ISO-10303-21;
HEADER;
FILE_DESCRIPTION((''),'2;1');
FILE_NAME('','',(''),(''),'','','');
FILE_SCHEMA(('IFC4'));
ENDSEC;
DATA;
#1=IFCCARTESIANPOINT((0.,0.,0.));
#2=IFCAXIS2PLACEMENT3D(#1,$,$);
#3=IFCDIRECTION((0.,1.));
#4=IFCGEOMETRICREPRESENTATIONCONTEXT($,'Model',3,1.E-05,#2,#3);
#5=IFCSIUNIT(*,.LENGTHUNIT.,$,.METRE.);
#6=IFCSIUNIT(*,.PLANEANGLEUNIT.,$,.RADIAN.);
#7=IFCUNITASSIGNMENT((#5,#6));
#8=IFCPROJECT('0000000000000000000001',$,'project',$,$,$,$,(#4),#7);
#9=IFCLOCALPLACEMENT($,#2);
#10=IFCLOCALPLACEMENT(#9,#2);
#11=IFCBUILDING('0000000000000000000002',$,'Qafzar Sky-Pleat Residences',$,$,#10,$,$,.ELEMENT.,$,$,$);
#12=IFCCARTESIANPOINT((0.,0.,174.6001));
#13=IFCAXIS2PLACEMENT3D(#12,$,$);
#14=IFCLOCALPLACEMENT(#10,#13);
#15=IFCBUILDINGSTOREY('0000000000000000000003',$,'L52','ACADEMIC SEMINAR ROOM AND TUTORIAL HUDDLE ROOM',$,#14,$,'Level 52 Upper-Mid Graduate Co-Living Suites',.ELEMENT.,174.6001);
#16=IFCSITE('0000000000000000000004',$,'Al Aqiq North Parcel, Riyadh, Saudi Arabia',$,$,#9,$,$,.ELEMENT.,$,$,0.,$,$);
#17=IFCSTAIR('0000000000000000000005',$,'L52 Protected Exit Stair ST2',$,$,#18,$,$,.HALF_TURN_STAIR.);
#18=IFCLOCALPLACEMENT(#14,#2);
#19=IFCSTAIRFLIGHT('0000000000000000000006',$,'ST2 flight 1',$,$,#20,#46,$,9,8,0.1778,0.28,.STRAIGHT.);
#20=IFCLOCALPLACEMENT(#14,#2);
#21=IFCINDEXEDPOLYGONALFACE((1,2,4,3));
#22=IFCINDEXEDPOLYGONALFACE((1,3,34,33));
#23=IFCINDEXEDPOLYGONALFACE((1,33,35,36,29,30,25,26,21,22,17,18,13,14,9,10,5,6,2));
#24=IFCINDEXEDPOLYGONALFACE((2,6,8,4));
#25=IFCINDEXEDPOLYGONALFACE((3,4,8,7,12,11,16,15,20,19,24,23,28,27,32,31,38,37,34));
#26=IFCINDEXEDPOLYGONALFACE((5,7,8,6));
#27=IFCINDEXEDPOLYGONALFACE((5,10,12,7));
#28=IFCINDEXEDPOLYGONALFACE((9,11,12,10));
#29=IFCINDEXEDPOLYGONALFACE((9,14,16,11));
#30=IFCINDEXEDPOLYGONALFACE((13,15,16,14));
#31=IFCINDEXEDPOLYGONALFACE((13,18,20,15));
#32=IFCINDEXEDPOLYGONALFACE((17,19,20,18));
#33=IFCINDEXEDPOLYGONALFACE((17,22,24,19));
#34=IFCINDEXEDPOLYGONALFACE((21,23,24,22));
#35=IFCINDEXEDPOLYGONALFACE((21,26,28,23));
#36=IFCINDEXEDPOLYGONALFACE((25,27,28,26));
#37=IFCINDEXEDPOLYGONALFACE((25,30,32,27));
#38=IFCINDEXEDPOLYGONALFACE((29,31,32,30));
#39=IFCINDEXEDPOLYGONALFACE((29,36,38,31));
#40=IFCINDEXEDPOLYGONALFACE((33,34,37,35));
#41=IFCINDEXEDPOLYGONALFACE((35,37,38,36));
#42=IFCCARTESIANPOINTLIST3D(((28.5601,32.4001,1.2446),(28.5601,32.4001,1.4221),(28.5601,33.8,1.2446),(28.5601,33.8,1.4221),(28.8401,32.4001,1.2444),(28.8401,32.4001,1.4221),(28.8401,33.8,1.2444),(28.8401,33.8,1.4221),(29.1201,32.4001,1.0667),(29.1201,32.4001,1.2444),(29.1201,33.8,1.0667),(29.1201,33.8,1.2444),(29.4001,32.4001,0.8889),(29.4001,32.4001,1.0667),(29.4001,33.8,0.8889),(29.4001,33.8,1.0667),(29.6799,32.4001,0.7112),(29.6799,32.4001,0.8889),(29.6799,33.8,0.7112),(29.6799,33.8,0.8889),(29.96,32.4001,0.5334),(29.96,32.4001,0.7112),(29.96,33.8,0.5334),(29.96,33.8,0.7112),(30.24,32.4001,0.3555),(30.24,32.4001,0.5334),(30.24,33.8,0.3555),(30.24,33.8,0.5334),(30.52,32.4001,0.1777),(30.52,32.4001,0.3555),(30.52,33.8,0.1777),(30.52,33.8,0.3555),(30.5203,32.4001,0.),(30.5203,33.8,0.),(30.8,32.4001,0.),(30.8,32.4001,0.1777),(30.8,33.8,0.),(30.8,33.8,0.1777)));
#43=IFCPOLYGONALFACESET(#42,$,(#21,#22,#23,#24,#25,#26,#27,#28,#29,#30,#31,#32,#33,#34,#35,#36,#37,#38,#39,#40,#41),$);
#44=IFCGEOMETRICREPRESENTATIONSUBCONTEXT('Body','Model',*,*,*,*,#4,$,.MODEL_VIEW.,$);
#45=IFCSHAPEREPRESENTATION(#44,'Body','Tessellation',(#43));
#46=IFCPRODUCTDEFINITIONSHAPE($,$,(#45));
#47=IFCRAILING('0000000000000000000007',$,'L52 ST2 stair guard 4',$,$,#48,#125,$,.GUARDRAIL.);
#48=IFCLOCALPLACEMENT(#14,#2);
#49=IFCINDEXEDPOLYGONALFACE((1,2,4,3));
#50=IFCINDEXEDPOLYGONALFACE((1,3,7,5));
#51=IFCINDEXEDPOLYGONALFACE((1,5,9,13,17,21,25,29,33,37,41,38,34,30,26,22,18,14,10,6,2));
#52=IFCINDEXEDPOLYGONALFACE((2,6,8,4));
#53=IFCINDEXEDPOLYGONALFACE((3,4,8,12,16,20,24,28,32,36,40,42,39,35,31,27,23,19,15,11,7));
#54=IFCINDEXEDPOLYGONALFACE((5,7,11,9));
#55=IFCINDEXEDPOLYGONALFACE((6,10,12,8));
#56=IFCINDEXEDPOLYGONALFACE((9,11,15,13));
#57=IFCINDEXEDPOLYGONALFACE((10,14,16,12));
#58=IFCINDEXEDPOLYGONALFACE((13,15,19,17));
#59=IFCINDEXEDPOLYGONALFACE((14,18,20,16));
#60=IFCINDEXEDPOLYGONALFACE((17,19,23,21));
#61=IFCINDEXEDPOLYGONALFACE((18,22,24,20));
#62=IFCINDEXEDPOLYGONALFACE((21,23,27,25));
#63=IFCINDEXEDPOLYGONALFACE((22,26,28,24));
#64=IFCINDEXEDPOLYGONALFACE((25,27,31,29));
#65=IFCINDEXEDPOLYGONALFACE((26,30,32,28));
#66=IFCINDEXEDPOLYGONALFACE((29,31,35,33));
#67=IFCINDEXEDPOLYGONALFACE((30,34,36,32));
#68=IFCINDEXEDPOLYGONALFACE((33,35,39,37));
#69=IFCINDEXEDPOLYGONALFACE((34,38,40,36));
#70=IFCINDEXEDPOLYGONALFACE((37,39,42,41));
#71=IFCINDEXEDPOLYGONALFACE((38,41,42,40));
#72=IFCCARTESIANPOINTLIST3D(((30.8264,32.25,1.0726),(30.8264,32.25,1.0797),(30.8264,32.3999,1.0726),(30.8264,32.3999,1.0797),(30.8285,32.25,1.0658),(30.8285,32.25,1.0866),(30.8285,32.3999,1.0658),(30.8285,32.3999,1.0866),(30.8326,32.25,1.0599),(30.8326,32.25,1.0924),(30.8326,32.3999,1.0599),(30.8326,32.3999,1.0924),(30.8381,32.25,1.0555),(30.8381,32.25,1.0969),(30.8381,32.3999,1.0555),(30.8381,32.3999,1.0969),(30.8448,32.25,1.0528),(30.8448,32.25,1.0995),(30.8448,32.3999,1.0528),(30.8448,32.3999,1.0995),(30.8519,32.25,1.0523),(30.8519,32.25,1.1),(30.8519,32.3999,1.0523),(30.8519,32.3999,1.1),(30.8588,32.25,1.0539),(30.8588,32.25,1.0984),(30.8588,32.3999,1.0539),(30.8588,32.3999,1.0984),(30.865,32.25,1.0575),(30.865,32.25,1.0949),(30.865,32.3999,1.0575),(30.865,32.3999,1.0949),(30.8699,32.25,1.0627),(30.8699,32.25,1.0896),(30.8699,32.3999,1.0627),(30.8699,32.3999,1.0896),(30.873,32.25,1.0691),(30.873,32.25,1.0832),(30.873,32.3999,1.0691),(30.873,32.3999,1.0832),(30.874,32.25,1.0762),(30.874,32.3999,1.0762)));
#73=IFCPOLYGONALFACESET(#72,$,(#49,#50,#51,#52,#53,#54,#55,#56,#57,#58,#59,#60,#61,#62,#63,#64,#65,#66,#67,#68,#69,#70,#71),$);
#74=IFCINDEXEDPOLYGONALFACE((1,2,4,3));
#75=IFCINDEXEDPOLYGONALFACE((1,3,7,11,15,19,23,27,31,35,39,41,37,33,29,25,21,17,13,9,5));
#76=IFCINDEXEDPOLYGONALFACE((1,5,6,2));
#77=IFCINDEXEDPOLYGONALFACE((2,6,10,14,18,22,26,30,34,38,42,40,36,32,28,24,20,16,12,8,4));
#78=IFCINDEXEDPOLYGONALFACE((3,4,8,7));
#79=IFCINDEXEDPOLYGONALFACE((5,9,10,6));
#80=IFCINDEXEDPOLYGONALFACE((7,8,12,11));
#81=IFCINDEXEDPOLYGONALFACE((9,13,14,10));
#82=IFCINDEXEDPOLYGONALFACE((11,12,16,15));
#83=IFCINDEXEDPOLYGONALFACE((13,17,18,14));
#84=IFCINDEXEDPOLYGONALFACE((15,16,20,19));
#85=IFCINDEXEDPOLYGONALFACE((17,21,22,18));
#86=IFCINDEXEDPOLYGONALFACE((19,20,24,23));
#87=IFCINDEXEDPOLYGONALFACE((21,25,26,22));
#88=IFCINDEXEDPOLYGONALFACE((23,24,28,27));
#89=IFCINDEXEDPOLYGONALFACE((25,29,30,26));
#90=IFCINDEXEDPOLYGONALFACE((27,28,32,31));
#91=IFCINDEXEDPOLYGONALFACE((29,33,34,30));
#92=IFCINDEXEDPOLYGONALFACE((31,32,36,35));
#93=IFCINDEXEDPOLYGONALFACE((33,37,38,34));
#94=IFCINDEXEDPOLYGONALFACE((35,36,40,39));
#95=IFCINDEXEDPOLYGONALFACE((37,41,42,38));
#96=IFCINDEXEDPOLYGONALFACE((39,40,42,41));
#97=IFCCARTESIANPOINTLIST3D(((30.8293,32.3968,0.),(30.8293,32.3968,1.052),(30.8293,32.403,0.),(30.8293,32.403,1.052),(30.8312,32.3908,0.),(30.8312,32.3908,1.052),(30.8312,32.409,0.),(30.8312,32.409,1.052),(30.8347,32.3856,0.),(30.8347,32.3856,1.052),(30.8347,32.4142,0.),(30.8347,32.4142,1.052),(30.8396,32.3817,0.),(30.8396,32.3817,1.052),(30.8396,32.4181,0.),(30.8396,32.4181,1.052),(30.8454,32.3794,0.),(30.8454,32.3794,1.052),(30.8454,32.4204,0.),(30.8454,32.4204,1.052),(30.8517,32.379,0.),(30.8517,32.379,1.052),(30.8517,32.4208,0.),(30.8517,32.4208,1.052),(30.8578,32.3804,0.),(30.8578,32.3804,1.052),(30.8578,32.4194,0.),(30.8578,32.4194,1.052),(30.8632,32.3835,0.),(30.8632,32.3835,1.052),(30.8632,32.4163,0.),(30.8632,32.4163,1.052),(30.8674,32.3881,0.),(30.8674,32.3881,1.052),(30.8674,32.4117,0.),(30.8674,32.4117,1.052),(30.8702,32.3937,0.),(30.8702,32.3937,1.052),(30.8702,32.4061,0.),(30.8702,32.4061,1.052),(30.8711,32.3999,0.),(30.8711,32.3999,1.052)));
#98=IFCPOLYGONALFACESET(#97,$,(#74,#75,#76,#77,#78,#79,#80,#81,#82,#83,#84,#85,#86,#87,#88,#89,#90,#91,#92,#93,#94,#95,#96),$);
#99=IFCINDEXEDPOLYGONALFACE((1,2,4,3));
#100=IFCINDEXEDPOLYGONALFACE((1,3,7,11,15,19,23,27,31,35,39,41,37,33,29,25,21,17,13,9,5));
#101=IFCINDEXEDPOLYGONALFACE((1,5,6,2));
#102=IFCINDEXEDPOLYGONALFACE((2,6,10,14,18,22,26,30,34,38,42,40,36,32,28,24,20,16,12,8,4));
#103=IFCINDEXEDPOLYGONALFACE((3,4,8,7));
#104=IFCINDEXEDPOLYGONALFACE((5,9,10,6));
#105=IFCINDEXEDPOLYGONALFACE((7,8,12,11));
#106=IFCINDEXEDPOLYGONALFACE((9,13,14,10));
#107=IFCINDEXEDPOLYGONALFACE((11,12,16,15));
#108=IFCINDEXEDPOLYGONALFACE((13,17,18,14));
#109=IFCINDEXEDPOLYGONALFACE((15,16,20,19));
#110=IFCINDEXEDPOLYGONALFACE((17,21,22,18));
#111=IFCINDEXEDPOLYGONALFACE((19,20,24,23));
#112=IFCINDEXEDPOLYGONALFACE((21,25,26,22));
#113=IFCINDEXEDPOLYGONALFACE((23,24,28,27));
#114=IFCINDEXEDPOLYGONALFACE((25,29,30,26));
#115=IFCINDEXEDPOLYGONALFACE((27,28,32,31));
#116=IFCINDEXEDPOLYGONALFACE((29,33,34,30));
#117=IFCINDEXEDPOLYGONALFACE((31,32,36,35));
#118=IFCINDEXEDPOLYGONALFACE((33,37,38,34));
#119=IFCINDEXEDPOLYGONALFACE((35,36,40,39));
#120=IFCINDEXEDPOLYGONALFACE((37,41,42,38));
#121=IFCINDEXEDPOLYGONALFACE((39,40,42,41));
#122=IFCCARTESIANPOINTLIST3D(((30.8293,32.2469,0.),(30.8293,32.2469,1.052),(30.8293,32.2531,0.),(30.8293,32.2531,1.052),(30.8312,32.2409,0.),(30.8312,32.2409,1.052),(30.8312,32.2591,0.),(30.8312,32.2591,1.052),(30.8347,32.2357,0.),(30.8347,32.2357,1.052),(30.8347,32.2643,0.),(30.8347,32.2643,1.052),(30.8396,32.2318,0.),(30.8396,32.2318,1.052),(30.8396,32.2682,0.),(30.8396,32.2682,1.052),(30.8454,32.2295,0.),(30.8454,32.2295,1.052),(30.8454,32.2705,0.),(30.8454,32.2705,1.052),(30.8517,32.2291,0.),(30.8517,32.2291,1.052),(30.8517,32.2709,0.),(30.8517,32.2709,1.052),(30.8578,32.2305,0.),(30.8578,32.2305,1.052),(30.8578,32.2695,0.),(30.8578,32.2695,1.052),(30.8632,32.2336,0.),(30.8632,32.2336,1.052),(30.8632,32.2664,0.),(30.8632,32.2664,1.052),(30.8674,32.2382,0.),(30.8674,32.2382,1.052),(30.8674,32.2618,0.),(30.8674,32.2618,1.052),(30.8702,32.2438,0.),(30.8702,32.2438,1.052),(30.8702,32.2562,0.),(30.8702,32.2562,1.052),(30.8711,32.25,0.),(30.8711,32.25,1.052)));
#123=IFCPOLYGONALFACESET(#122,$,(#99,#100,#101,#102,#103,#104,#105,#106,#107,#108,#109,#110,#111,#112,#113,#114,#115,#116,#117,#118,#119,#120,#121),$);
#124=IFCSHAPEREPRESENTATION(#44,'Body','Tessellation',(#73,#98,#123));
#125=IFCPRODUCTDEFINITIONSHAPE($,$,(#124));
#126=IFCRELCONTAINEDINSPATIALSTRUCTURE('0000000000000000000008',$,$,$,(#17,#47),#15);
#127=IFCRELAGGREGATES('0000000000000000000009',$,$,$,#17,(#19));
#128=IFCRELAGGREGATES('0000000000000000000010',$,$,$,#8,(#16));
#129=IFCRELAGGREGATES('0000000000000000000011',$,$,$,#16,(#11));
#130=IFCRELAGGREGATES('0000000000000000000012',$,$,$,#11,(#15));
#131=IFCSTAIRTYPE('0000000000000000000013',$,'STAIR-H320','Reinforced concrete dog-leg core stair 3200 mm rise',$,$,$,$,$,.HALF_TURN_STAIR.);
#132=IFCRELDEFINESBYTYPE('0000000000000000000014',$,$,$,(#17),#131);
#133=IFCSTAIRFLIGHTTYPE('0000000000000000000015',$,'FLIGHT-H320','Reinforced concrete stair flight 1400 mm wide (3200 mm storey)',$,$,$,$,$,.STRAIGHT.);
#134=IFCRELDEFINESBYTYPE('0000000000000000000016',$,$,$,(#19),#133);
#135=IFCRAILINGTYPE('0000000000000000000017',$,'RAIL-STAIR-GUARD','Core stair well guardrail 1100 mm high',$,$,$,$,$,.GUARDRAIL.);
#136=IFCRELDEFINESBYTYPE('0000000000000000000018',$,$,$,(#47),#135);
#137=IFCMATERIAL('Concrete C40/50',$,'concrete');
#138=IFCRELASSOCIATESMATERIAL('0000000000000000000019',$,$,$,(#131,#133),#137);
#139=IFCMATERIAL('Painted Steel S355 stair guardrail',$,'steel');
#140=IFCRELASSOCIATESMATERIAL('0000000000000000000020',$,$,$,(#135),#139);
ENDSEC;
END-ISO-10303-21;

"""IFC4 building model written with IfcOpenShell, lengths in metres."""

from ifc_helpers import new_model, si_unit, direction, frame, origin, origin_2d, place, context, subcontext, project, spatial, polyline, circle, outline, extrude, source, transform, mapped, material, type_object, element, aggregate, save


model = new_model("IFC4")

# Units and contexts
model_context = context("Model", 3, precision=1e-05, world=origin(), true_north=direction((0.0, 1.0)))
body_context = subcontext(model_context, "Body", "Model", "MODEL_VIEW")
ifc_project = project(units=[si_unit("LENGTHUNIT", "METRE"), si_unit("PLANEANGLEUNIT", "RADIAN")], contexts=[model_context])

# Site, building, storey
site_placement = place(None, origin())
site = spatial("IfcSite", under=ifc_project, at=site_placement, Name="Al Aqiq North Parcel, Riyadh, Saudi Arabia", CompositionType="ELEMENT", RefElevation=0.0)
building_placement = place(site_placement, origin())
building = spatial("IfcBuilding", under=site, at=building_placement, Name="Qafzar Sky-Pleat Residences", CompositionType="ELEMENT")
storey_placement = place(building_placement, frame((0.0, 0.0, 174.6001)))
storey = spatial("IfcBuildingStorey", under=building, at=storey_placement, Name="L52", Description="ACADEMIC SEMINAR ROOM AND TUTORIAL HUDDLE ROOM", LongName="Level 52 Upper-Mid Graduate Co-Living Suites", CompositionType="ELEMENT", Elevation=174.6001)

# Stair, stair flight
ifc_material_1 = material(Name="Concrete C40/50", Category="concrete")
stair_type = type_object("IfcStairType", Name="STAIR-H320", Description="Reinforced concrete dog-leg core stair 3200 mm rise", PredefinedType="HALF_TURN_STAIR", material=ifc_material_1)
stair_placement = place(storey_placement, origin())
stair = element("IfcStair", 1, at=stair_placement, inside=storey, type_object=stair_type, Name="L52 Protected Exit Stair ST2", PredefinedType="HALF_TURN_STAIR")
stair_flight_type = type_object("IfcStairFlightType", Name="FLIGHT-H320", Description="Reinforced concrete stair flight 1400 mm wide (3200 mm storey)", PredefinedType="STRAIGHT", material=ifc_material_1)
shared_shape_1 = source(origin(), body_context, "Body", "SweptSolid", [
    extrude(outline(polyline([(0.0, 0.0), (0.0, 0.1777), (0.28, 0.1777), (0.28, 0.3555), (0.5601, 0.3555), (0.5601, 0.5334), (0.8401, 0.5334), (0.8401, 0.7112), (1.1201, 0.7112), (1.1201, 0.8889), (1.3999, 0.8889), (1.3999, 1.0667), (1.6799, 1.0667), (1.6799, 1.2444), (1.96, 1.2444), (1.96, 1.4221), (2.24, 1.4221), (2.24, 1.6001), (2.24, 1.2446), (0.2798, 0.0), (0.0, 0.0)])), frame((0.0, 0.7, 0.0), z_axis=(0.0, -1.0, 0.0), x_axis=(1.0, 0.0, 0.0)), (0.0, 0.0, 1.0), 1.3999),
])
stair_flight_placement = place(storey_placement, frame((30.8, 33.1001, 0.0), z_axis=(0.0, 0.0, 1.0), x_axis=(-1.0, 0.0, 0.0)))
stair_flight = element("IfcStairFlight", 2, at=stair_flight_placement, type_object=stair_flight_type, Name="ST2 flight 1", NumberOfRisers=9, NumberOfTreads=8, PredefinedType="STRAIGHT", RiserHeight=0.1778, TreadLength=0.28, context=body_context, shape_type="MappedRepresentation", body=[
    mapped(shared_shape_1, transform((0.0, 0.0, 0.0), x_axis=(1.0, 0.0, 0.0), y_axis=(0.0, 1.0, 0.0), z_axis=(0.0, 0.0, 1.0), scale=1.0)),
])
aggregate(stair, [stair_flight])

# Railing
ifc_material_2 = material(Name="Painted Steel S355 stair guardrail", Category="steel")
railing_type_1 = type_object("IfcRailingType", Name="RAIL-STAIR-GUARD", Description="Core stair well guardrail 1100 mm high", PredefinedType="GUARDRAIL", material=ifc_material_2)
shared_shape_2 = source(origin(), body_context, "Body", "SweptSolid", [
    extrude(circle(Radius=0.0239, at=origin_2d()), frame((0.0, 0.0, 1.0762), z_axis=(0.0, -1.0, 0.0), x_axis=(1.0, 0.0, 0.0)), (0.0, 0.0, 1.0), 0.1499),
    extrude(circle(Radius=0.021, at=origin_2d()), origin(), (0.0, 0.0, 1.0), 1.052),
    extrude(circle(Radius=0.021, at=origin_2d()), frame((0.0, -0.1499, 0.0)), (0.0, 0.0, 1.0), 1.052),
])
railing_1_placement = place(storey_placement, frame((30.8501, 32.3999, 0.0)))
element("IfcRailing", 3, at=railing_1_placement, inside=storey, type_object=railing_type_1, Name="L52 ST2 stair guard 4", PredefinedType="GUARDRAIL", context=body_context, shape_type="MappedRepresentation", body=[
    mapped(shared_shape_2, transform((0.0, 0.0, 0.0), x_axis=(1.0, 0.0, 0.0), y_axis=(0.0, 1.0, 0.0), z_axis=(0.0, 0.0, 1.0), scale=1.0)),
])

save(model, "model.ifc")
